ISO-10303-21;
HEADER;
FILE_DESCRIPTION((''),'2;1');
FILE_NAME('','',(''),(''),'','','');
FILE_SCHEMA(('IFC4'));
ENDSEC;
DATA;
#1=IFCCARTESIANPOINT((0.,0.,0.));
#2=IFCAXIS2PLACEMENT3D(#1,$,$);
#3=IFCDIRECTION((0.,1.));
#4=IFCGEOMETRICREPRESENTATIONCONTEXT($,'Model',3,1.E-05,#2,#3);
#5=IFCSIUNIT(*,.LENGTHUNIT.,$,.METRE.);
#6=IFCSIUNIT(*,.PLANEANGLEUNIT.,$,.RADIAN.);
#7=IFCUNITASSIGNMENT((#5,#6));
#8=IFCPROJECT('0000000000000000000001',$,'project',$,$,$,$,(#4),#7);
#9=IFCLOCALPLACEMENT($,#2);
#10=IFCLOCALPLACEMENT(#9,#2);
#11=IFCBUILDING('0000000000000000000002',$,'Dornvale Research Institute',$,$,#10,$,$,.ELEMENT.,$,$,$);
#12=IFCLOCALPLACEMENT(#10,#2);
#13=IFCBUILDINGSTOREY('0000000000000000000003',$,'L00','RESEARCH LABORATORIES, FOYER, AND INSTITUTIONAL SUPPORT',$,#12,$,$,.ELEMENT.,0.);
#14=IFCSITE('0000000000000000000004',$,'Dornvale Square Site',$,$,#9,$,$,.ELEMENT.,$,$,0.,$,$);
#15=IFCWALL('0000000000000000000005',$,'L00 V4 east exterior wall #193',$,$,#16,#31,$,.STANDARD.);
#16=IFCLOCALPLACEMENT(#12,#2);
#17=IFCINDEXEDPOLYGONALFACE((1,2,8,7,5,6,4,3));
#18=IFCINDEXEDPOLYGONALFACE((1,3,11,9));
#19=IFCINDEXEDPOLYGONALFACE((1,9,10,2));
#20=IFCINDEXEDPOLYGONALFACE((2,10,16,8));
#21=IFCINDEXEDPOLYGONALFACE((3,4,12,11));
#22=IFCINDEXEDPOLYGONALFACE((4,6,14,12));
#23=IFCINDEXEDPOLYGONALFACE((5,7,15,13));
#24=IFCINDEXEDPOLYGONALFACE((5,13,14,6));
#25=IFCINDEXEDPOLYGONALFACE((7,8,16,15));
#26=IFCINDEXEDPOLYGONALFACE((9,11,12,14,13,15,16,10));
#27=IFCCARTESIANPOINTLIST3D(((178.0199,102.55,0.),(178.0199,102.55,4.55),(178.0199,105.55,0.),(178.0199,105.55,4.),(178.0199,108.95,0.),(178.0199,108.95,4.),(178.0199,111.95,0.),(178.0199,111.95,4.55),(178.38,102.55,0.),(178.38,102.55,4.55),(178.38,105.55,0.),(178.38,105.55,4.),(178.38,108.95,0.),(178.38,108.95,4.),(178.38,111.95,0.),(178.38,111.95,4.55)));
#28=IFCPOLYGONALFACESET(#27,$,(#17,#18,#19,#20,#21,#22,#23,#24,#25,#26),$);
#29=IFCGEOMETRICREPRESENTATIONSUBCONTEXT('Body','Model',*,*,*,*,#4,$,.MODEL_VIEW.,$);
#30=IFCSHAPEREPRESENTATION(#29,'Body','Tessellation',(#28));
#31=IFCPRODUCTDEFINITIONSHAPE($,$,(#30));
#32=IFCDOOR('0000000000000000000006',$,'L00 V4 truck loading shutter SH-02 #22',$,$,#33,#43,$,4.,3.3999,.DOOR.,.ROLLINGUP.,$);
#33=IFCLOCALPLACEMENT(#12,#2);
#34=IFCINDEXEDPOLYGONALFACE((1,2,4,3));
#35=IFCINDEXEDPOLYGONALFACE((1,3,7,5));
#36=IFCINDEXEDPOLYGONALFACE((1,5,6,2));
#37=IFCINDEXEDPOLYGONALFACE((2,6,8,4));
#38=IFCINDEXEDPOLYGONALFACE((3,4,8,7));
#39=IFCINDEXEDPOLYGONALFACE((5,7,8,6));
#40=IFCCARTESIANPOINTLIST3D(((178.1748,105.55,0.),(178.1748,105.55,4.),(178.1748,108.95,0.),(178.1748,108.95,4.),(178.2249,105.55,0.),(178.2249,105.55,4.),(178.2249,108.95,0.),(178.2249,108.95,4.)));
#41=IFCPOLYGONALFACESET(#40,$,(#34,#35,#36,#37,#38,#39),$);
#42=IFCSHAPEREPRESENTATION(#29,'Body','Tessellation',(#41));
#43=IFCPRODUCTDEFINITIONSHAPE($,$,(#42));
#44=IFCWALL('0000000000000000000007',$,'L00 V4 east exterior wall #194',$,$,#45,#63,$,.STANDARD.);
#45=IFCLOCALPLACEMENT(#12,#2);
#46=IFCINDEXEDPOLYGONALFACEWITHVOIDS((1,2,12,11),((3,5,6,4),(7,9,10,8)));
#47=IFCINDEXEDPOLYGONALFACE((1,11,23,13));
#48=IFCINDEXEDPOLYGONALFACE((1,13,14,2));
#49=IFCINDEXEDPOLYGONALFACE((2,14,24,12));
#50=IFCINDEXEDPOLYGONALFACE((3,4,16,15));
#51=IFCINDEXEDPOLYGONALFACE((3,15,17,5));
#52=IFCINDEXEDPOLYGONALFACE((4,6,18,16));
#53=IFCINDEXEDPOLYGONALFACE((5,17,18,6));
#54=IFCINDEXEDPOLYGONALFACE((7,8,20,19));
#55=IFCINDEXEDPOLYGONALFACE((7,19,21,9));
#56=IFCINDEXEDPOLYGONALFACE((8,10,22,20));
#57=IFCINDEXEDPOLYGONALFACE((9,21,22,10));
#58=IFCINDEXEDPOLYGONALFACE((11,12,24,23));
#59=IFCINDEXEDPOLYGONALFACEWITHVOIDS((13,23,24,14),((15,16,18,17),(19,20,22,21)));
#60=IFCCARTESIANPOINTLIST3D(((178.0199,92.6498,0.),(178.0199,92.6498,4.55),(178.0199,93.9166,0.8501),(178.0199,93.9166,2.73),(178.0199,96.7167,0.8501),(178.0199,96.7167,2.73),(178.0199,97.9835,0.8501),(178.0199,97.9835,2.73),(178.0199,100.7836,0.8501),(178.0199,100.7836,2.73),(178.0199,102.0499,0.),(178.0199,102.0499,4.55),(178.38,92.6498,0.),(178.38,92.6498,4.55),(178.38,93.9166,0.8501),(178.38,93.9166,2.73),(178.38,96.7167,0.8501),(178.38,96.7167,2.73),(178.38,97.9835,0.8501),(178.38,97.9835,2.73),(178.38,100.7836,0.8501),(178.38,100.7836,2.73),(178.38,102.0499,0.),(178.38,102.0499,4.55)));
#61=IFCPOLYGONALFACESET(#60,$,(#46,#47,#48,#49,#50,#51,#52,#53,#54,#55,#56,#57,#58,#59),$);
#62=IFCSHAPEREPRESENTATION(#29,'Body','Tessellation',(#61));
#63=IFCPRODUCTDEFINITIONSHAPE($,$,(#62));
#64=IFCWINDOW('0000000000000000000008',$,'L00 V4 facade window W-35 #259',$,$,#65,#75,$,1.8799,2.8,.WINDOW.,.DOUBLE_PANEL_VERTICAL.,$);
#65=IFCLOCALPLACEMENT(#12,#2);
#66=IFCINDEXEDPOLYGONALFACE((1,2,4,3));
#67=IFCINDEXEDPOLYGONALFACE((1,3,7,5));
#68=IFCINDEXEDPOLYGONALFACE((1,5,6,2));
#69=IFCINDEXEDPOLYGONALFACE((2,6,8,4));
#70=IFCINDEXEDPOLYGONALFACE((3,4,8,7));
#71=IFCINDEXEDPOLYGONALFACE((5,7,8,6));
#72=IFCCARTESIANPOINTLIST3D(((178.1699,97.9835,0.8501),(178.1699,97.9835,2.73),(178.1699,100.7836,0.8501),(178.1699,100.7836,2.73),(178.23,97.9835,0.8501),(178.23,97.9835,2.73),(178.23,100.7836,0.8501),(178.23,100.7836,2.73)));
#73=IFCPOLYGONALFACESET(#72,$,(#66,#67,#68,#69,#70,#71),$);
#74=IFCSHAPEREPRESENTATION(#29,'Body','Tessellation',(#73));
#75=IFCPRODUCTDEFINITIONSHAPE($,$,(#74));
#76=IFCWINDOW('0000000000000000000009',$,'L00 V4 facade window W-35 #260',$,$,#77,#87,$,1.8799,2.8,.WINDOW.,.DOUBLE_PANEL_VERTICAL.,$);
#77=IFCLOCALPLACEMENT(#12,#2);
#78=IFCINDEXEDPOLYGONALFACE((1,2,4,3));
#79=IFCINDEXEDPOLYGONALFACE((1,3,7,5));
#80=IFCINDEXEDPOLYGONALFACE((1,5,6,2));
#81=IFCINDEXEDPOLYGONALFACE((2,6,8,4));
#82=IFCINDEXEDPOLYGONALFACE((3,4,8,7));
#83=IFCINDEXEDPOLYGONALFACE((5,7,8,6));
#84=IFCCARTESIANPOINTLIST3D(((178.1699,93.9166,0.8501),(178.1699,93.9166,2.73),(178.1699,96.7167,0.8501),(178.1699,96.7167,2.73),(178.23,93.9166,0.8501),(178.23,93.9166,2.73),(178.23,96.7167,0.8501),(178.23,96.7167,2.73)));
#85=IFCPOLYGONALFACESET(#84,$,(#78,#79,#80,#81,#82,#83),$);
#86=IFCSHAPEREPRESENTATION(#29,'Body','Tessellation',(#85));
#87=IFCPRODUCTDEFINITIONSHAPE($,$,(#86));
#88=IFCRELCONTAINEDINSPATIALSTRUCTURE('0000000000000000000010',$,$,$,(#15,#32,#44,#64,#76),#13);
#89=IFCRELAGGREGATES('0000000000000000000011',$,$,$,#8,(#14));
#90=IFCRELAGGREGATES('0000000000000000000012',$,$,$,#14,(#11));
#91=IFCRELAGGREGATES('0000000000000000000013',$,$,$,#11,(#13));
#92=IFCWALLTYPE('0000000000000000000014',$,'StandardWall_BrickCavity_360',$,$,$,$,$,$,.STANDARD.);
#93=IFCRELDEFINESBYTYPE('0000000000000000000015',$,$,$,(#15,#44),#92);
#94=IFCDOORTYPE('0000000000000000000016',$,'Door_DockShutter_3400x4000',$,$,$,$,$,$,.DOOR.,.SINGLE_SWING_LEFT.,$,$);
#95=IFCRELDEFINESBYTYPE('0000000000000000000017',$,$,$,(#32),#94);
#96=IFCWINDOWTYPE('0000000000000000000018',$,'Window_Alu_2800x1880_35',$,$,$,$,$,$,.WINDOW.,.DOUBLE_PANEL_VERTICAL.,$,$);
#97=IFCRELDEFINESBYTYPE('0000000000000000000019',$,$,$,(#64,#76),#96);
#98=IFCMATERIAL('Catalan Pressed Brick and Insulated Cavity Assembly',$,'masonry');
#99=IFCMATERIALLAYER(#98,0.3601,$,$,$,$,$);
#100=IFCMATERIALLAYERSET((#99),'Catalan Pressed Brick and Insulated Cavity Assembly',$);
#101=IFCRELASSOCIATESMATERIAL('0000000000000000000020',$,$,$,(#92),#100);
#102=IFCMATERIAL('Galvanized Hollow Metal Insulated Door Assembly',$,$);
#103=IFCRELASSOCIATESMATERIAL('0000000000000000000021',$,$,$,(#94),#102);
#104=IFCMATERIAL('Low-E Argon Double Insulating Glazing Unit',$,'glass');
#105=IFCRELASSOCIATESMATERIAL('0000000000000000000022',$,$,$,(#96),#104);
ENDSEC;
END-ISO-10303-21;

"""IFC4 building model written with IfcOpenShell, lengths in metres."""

from ifc_helpers import new_model, si_unit, direction, frame, frame_2d, origin, place, context, subcontext, project, spatial, rectangle, extrude, material, layer, layer_set, type_object, element, fill, save


model = new_model("IFC4")

# Units and contexts
model_context = context("Model", 3, precision=1e-05, world=origin(), true_north=direction((0.0, 1.0)))
body_context = subcontext(model_context, "Body", "Model", "MODEL_VIEW")
ifc_project = project(units=[si_unit("LENGTHUNIT", "METRE"), si_unit("PLANEANGLEUNIT", "RADIAN")], contexts=[model_context])

# Site, building, storey
site_placement = place(None, origin())
site = spatial("IfcSite", under=ifc_project, at=site_placement, Name="Dornvale Square Site", CompositionType="ELEMENT", RefElevation=0.0)
building_placement = place(site_placement, origin())
building = spatial("IfcBuilding", under=site, at=building_placement, Name="Dornvale Research Institute", CompositionType="ELEMENT")
storey_placement = place(building_placement, origin())
storey = spatial("IfcBuildingStorey", under=building, at=storey_placement, Name="L00", Description="RESEARCH LABORATORIES, FOYER, AND INSTITUTIONAL SUPPORT", CompositionType="ELEMENT", Elevation=0.0)

# Wall, opening, door
ifc_material_1 = material(Name="Catalan Pressed Brick and Insulated Cavity Assembly", Category="masonry")
ifc_layer_1 = layer(ifc_material_1, 0.3601)
ifc_layer_set_1 = layer_set([ifc_layer_1], Name="Catalan Pressed Brick and Insulated Cavity Assembly")
wall_type_1 = type_object("IfcWallType", Name="StandardWall_BrickCavity_360", PredefinedType="STANDARD", material=ifc_layer_set_1)
wall_1_placement = place(storey_placement, frame((178.2, 111.95, 0.0), z_axis=(0.0, 0.0, 1.0), x_axis=(0.0, -1.0, 0.0)))
wall_1 = element("IfcWall", 1, at=wall_1_placement, inside=storey, type_object=wall_type_1, Name="L00 V4 east exterior wall #193", PredefinedType="STANDARD", context=body_context, shape_type="SweptSolid", body=[
    extrude(rectangle(XDim=9.3999, YDim=0.3601, at=frame_2d((4.7, 0.0))), origin(), (0.0, 0.0, 1.0), 4.55),
])
opening_1_placement = place(wall_1_placement, frame((3.0, 0.0, 0.0)))
opening_1 = element("IfcOpeningElement", 2, at=opening_1_placement, cuts=wall_1, PredefinedType="OPENING", context=body_context, shape_type="SweptSolid", body=[
    extrude(rectangle(XDim=3.3999, YDim=4.0, at=frame_2d((1.7, 2.0))), frame((0.0, 0.1951, 0.0), z_axis=(0.0, -1.0, 0.0), x_axis=(1.0, 0.0, 0.0)), (0.0, 0.0, 1.0), 0.3901),
])
ifc_material_2 = material(Name="Galvanized Hollow Metal Insulated Door Assembly")
door_type = type_object("IfcDoorType", Name="Door_DockShutter_3400x4000", OperationType="SINGLE_SWING_LEFT", PredefinedType="DOOR", material=ifc_material_2)
door_placement = place(opening_1_placement, origin())
door = element("IfcDoor", 3, at=door_placement, inside=storey, type_object=door_type, Name="L00 V4 truck loading shutter SH-02 #22", OperationType="ROLLINGUP", OverallHeight=4.0, OverallWidth=3.3999, PredefinedType="DOOR", context=body_context, shape_type="SweptSolid", body=[
    extrude(rectangle(XDim=3.3999, YDim=4.0, at=frame_2d((1.7, 2.0))), frame((0.0, 0.0249, 0.0), z_axis=(0.0, -1.0, 0.0), x_axis=(1.0, 0.0, 0.0)), (0.0, 0.0, 1.0), 0.05),
])
fill(opening_1, door)

# Wall, openings, windows
wall_2_placement = place(storey_placement, frame((178.2, 102.05, 0.0), z_axis=(0.0, 0.0, 1.0), x_axis=(0.0, -1.0, 0.0)))
wall_2 = element("IfcWall", 4, at=wall_2_placement, inside=storey, type_object=wall_type_1, Name="L00 V4 east exterior wall #194", PredefinedType="STANDARD", context=body_context, shape_type="SweptSolid", body=[
    extrude(rectangle(XDim=9.4001, YDim=0.3601, at=frame_2d((4.7002, 0.0))), origin(), (0.0, 0.0, 1.0), 4.55),
])
opening_2_placement = place(wall_2_placement, frame((1.2666, 0.0, 0.8501)))
opening_2 = element("IfcOpeningElement", 5, at=opening_2_placement, cuts=wall_2, PredefinedType="OPENING", context=body_context, shape_type="SweptSolid", body=[
    extrude(rectangle(XDim=2.8, YDim=1.8799, at=frame_2d((1.3999, 0.9399))), frame((0.0, 0.1951, 0.0), z_axis=(0.0, -1.0, 0.0), x_axis=(1.0, 0.0, 0.0)), (0.0, 0.0, 1.0), 0.3901),
])
opening_3_placement = place(wall_2_placement, frame((5.3335, 0.0, 0.8501)))
opening_3 = element("IfcOpeningElement", 6, at=opening_3_placement, cuts=wall_2, PredefinedType="OPENING", context=body_context, shape_type="SweptSolid", body=[
    extrude(rectangle(XDim=2.8, YDim=1.8799, at=frame_2d((1.3999, 0.9399))), frame((0.0, 0.1951, 0.0), z_axis=(0.0, -1.0, 0.0), x_axis=(1.0, 0.0, 0.0)), (0.0, 0.0, 1.0), 0.3901),
])
ifc_material_3 = material(Name="Low-E Argon Double Insulating Glazing Unit", Category="glass")
window_type = type_object("IfcWindowType", Name="Window_Alu_2800x1880_35", PartitioningType="DOUBLE_PANEL_VERTICAL", PredefinedType="WINDOW", material=ifc_material_3)
window_1_placement = place(opening_2_placement, origin())
window_1 = element("IfcWindow", 7, at=window_1_placement, inside=storey, type_object=window_type, Name="L00 V4 facade window W-35 #259", OverallHeight=1.8799, OverallWidth=2.8, PartitioningType="DOUBLE_PANEL_VERTICAL", PredefinedType="WINDOW", context=body_context, shape_type="SweptSolid", body=[
    extrude(rectangle(XDim=2.8, YDim=1.8799, at=frame_2d((1.3999, 0.9399))), frame((0.0, 0.03, 0.0), z_axis=(0.0, -1.0, 0.0), x_axis=(1.0, 0.0, 0.0)), (0.0, 0.0, 1.0), 0.0601),
])
fill(opening_2, window_1)
window_2_placement = place(opening_3_placement, origin())
window_2 = element("IfcWindow", 8, at=window_2_placement, inside=storey, type_object=window_type, Name="L00 V4 facade window W-35 #260", OverallHeight=1.8799, OverallWidth=2.8, PartitioningType="DOUBLE_PANEL_VERTICAL", PredefinedType="WINDOW", context=body_context, shape_type="SweptSolid", body=[
    extrude(rectangle(XDim=2.8, YDim=1.8799, at=frame_2d((1.3999, 0.9399))), frame((0.0, 0.03, 0.0), z_axis=(0.0, -1.0, 0.0), x_axis=(1.0, 0.0, 0.0)), (0.0, 0.0, 1.0), 0.0601),
])
fill(opening_3, window_2)

save(model, "model.ifc")
